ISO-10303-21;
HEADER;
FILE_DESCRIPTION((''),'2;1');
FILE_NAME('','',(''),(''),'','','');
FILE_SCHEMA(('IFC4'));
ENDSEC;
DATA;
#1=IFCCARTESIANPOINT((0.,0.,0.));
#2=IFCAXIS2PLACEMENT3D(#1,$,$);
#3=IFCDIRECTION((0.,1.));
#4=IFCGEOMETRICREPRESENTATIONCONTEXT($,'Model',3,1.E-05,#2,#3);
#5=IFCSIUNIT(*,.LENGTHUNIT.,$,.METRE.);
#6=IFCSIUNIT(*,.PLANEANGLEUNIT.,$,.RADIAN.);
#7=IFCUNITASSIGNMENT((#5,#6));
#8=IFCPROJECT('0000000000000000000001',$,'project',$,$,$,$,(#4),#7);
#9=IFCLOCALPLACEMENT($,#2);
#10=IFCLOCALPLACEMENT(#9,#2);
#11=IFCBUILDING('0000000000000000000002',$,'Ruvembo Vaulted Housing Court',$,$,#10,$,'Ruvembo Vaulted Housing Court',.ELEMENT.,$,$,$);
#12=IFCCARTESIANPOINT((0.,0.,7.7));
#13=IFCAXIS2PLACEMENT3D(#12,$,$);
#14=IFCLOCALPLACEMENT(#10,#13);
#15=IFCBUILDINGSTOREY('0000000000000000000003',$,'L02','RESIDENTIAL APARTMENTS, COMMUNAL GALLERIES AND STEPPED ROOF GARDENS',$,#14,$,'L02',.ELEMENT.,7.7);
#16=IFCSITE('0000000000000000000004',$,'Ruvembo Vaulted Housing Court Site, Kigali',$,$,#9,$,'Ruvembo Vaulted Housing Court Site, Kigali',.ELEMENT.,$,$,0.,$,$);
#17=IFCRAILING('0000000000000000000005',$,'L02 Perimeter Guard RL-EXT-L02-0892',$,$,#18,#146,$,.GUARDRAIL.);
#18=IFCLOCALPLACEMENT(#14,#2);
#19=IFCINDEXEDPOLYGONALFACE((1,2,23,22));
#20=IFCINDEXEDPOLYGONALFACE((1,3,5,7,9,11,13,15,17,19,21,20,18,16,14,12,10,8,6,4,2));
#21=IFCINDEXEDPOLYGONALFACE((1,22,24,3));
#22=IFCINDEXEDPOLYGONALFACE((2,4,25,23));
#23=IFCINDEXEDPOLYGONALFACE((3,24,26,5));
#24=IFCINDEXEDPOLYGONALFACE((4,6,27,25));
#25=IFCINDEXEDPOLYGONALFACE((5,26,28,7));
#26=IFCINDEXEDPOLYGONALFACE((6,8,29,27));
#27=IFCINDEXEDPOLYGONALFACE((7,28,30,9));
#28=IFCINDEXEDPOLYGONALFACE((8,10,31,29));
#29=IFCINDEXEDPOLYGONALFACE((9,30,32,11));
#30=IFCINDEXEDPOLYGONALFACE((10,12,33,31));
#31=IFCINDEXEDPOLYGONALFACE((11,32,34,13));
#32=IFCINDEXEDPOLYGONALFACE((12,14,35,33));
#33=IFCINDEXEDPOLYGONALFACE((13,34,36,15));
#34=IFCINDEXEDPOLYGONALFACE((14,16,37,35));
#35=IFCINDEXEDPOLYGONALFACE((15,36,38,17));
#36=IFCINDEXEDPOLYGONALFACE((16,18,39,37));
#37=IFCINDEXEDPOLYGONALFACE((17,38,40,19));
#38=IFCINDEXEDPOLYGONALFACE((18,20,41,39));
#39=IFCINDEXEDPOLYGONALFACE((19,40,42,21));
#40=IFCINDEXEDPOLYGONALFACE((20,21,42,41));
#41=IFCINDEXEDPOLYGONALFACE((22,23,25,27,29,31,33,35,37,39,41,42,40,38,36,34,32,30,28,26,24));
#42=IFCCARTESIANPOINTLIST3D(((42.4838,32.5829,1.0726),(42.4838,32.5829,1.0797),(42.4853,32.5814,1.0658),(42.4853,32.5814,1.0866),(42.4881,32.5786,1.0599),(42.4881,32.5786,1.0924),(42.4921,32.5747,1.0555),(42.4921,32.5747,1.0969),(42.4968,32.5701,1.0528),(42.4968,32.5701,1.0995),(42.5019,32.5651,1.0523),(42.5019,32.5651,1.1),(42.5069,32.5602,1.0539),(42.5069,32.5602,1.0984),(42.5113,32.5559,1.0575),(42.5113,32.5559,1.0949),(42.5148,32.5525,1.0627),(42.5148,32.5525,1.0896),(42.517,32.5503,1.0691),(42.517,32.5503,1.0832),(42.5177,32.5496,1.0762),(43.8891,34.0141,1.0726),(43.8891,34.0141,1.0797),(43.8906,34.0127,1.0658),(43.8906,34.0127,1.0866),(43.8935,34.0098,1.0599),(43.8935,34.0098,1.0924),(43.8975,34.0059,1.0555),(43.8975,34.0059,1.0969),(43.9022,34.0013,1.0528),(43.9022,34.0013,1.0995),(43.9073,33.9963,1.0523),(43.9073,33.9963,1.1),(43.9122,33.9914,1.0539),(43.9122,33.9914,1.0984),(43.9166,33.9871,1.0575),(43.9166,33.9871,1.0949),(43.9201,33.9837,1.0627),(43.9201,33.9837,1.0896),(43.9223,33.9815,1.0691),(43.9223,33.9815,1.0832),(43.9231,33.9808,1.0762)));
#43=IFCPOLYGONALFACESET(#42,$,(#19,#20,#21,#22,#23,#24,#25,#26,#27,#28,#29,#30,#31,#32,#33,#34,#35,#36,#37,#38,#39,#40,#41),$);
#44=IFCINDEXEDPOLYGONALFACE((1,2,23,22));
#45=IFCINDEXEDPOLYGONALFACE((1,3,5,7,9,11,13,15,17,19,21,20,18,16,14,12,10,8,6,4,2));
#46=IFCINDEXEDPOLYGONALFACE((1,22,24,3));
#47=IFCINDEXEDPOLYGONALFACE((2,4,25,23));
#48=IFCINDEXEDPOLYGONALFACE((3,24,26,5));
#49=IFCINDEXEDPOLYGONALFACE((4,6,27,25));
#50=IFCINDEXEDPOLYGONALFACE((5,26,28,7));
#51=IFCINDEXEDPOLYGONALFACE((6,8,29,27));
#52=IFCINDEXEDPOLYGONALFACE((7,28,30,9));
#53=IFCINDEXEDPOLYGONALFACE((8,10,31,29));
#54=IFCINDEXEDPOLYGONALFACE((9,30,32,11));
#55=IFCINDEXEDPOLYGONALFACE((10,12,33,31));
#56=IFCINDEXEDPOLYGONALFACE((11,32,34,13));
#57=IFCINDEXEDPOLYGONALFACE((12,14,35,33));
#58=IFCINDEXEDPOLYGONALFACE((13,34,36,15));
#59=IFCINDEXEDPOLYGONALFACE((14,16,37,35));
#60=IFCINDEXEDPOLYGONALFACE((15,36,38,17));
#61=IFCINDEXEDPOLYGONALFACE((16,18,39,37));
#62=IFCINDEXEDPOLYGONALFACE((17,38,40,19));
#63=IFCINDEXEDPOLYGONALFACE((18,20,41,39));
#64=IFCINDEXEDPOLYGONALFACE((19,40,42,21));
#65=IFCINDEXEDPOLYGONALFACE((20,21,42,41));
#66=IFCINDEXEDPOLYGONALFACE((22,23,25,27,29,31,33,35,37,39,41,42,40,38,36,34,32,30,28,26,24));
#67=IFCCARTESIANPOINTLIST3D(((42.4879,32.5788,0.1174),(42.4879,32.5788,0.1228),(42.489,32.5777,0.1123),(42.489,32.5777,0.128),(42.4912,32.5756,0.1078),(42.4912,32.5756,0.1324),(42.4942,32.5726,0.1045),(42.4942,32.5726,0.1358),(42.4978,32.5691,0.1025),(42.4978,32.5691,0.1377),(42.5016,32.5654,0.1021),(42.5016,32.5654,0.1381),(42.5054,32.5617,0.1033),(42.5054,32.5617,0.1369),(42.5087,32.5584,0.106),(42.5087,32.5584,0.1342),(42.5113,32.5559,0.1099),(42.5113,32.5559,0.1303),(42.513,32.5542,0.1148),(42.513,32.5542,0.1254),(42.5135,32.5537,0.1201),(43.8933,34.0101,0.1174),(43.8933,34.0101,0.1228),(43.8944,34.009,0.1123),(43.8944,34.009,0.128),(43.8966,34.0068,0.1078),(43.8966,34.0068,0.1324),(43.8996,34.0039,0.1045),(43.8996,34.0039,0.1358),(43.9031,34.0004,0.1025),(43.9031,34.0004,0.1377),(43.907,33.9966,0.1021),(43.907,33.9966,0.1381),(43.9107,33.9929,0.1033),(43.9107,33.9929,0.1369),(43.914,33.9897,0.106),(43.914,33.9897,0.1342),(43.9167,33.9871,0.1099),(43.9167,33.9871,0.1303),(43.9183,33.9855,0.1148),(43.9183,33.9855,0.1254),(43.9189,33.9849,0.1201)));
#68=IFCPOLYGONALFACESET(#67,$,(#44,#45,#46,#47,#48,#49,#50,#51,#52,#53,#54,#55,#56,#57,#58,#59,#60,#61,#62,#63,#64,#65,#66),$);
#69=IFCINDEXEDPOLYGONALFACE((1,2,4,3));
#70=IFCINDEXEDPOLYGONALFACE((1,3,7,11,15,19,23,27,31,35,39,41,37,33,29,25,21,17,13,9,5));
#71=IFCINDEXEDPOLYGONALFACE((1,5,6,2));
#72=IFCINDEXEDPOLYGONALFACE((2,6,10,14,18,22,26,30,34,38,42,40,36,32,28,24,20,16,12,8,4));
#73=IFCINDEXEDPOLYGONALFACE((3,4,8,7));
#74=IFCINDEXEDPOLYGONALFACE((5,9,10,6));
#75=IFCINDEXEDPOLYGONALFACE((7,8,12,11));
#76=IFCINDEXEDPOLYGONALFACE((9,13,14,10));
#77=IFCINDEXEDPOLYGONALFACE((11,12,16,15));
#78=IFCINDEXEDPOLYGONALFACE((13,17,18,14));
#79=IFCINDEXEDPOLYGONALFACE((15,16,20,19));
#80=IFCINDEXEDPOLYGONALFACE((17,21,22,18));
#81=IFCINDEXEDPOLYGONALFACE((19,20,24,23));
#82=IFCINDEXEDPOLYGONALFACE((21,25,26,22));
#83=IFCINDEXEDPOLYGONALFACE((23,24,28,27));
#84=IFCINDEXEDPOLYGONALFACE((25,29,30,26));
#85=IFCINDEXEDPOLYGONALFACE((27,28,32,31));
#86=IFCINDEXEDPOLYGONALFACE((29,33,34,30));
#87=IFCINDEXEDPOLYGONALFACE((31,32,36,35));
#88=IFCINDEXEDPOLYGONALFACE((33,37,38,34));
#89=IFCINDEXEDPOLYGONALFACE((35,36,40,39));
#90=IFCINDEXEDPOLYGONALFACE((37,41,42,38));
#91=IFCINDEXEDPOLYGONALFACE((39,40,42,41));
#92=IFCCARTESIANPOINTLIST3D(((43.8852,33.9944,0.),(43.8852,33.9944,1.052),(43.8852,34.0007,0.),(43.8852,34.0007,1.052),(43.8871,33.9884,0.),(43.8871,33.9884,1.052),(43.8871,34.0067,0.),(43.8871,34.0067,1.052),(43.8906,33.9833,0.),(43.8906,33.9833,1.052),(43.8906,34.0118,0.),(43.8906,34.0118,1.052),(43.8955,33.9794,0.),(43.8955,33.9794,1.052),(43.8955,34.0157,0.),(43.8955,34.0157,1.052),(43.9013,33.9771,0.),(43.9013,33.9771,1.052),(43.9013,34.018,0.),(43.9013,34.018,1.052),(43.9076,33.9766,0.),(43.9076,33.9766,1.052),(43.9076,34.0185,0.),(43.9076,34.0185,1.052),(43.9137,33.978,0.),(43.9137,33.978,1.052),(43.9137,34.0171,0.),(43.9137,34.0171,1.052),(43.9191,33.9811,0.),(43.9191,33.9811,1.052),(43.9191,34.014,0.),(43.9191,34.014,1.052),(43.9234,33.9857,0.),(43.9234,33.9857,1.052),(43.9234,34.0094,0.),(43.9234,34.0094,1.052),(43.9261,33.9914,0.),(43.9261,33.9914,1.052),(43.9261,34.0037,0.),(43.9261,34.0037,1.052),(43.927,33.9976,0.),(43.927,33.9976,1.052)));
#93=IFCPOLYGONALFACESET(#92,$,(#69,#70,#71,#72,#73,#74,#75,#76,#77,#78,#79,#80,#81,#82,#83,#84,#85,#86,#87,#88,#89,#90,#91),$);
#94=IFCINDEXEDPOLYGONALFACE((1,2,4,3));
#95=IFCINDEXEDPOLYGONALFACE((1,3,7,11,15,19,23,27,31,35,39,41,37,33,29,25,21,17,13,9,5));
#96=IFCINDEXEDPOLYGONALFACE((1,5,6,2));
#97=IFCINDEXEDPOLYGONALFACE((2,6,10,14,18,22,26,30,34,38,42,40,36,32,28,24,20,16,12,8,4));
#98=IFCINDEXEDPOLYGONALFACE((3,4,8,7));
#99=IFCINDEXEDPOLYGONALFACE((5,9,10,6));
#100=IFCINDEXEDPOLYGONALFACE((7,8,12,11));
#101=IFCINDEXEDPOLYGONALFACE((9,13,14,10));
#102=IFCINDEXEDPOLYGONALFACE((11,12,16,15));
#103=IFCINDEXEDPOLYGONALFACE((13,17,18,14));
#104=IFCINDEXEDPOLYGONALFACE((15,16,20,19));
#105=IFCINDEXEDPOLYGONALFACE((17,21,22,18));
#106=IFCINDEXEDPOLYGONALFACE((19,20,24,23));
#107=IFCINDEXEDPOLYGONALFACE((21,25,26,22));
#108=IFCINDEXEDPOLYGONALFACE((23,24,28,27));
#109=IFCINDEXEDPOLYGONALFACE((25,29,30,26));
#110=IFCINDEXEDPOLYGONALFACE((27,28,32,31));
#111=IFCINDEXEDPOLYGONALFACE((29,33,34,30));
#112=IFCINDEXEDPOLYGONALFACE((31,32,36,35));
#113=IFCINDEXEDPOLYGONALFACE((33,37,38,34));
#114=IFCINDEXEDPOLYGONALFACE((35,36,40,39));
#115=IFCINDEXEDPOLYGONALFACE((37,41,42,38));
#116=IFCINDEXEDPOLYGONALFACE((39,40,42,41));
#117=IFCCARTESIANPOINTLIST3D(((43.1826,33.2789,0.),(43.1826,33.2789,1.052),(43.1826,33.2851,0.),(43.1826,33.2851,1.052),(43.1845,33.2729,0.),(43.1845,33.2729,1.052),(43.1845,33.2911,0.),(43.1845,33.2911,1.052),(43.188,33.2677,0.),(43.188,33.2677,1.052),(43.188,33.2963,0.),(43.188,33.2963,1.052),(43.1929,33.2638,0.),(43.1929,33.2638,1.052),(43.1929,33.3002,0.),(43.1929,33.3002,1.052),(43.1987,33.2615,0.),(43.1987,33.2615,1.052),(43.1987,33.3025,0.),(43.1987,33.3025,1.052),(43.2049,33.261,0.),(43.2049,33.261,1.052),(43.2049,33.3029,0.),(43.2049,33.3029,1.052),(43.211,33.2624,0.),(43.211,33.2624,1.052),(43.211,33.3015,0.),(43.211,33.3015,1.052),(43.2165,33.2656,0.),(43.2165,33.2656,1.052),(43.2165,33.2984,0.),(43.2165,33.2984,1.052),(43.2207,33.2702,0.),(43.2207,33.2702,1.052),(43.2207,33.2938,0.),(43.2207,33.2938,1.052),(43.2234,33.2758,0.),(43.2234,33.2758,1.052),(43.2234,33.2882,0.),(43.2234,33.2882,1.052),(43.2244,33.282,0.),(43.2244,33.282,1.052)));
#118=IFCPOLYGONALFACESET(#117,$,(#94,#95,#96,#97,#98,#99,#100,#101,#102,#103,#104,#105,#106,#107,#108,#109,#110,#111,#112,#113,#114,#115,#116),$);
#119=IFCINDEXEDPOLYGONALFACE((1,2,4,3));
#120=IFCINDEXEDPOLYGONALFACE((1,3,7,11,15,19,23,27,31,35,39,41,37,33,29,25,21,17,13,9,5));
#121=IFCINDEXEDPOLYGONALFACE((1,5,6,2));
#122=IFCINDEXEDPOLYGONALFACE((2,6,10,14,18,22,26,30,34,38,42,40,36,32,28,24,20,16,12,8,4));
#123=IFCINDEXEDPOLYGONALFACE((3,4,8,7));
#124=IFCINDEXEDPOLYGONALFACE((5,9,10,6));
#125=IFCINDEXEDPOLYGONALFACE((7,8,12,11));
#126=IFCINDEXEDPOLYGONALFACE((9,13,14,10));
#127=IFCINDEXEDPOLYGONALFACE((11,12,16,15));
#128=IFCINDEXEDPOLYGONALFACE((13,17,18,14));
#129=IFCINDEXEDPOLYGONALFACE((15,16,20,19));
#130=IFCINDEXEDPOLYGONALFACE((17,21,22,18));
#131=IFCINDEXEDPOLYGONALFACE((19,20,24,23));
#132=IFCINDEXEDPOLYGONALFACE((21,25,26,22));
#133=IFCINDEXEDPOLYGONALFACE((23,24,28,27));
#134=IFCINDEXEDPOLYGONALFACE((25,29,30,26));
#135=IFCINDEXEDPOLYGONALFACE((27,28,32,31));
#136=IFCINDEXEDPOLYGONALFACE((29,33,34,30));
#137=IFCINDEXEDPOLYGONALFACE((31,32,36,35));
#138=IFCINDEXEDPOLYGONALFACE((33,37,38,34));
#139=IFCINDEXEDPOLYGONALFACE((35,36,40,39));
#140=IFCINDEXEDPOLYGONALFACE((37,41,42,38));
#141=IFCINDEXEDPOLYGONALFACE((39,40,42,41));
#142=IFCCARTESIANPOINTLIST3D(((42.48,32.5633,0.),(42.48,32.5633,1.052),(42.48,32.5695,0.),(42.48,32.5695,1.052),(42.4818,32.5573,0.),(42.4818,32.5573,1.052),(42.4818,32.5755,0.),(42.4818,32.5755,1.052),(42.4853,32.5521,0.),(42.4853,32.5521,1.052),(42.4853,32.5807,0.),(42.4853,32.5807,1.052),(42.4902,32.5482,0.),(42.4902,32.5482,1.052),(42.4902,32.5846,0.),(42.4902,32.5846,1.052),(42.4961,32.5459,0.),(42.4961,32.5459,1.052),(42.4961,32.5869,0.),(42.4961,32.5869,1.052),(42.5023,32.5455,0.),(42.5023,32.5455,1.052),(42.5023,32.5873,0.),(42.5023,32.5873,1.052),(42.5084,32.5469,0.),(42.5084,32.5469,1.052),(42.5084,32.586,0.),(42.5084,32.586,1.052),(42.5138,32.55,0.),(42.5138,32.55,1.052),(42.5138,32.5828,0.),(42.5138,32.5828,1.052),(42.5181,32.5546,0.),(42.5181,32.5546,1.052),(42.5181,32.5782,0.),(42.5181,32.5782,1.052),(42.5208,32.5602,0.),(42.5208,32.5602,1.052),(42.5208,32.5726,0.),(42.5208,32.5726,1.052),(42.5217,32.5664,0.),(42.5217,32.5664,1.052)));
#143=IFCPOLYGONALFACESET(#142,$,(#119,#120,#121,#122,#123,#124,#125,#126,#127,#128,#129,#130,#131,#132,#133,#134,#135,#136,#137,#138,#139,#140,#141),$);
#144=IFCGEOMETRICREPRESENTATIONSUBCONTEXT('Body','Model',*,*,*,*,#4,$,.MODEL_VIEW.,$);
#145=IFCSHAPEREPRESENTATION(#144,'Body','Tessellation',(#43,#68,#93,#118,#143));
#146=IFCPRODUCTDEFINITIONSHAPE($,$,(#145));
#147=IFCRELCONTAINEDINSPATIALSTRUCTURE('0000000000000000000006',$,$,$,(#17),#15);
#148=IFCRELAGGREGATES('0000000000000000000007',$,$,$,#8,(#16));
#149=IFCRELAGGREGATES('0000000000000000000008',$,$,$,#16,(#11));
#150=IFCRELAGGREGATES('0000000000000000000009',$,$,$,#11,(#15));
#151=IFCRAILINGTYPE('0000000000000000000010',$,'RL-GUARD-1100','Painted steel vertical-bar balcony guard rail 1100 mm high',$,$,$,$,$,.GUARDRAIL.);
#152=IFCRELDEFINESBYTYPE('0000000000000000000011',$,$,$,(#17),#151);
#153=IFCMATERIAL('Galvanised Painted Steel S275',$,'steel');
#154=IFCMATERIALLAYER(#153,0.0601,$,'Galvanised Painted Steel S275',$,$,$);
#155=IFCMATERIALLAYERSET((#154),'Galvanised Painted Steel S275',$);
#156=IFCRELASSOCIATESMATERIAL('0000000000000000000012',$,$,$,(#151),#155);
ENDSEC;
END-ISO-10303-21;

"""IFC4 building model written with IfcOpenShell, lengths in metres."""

from ifc_helpers import new_model, si_unit, direction, frame, origin, origin_2d, place, context, subcontext, project, spatial, circle, extrude, material, layer, layer_set, type_object, element, save


model = new_model("IFC4")

# Units and contexts
model_context = context("Model", 3, precision=1e-05, world=origin(), true_north=direction((0.0, 1.0)))
body_context = subcontext(model_context, "Body", "Model", "MODEL_VIEW")
ifc_project = project(units=[si_unit("LENGTHUNIT", "METRE"), si_unit("PLANEANGLEUNIT", "RADIAN")], contexts=[model_context])

# Site, building, storey
site_placement = place(None, origin())
site = spatial("IfcSite", under=ifc_project, at=site_placement, Name="Ruvembo Vaulted Housing Court Site, Kigali", LongName="Ruvembo Vaulted Housing Court Site, Kigali", CompositionType="ELEMENT", RefElevation=0.0)
building_placement = place(site_placement, origin())
building = spatial("IfcBuilding", under=site, at=building_placement, Name="Ruvembo Vaulted Housing Court", LongName="Ruvembo Vaulted Housing Court", CompositionType="ELEMENT")
storey_placement = place(building_placement, frame((0.0, 0.0, 7.7)))
storey = spatial("IfcBuildingStorey", under=building, at=storey_placement, Name="L02", Description="RESIDENTIAL APARTMENTS, COMMUNAL GALLERIES AND STEPPED ROOF GARDENS", LongName="L02", CompositionType="ELEMENT", Elevation=7.7)

# Railing
ifc_material_1 = material(Name="Galvanised Painted Steel S275", Category="steel")
ifc_layer_1 = layer(ifc_material_1, 0.0601, Name="Galvanised Painted Steel S275")
ifc_layer_set_1 = layer_set([ifc_layer_1], Name="Galvanised Painted Steel S275")
railing_type_1 = type_object("IfcRailingType", Name="RL-GUARD-1100", Description="Painted steel vertical-bar balcony guard rail 1100 mm high", PredefinedType="GUARDRAIL", material=ifc_layer_set_1)
railing_1_placement = place(storey_placement, frame((43.906, 33.9976, 0.0)))
element("IfcRailing", 1, at=railing_1_placement, inside=storey, type_object=railing_type_1, Name="L02 Perimeter Guard RL-EXT-L02-0892", PredefinedType="GUARDRAIL", context=body_context, shape_type="SweptSolid", body=[
    extrude(circle(Radius=0.0239, at=origin_2d()), frame((0.0, 0.0, 1.0762), z_axis=(-0.700626, -0.713529, 0.0), x_axis=(0.713529, -0.700626, 0.0)), (0.0, 0.0, 1.0), 2.0059),
    extrude(circle(Radius=0.0181, at=origin_2d()), frame((0.0, 0.0, 0.1201), z_axis=(-0.700626, -0.713529, 0.0), x_axis=(0.713529, -0.700626, 0.0)), (0.0, 0.0, 1.0), 2.0059),
    extrude(circle(Radius=0.021, at=origin_2d()), origin(), (0.0, 0.0, 1.0), 1.052),
    extrude(circle(Radius=0.021, at=origin_2d()), frame((-0.7026, -0.7156, 0.0)), (0.0, 0.0, 1.0), 1.052),
    extrude(circle(Radius=0.021, at=origin_2d()), frame((-1.4053, -1.4312, 0.0)), (0.0, 0.0, 1.0), 1.052),
])

save(model, "model.ifc")
